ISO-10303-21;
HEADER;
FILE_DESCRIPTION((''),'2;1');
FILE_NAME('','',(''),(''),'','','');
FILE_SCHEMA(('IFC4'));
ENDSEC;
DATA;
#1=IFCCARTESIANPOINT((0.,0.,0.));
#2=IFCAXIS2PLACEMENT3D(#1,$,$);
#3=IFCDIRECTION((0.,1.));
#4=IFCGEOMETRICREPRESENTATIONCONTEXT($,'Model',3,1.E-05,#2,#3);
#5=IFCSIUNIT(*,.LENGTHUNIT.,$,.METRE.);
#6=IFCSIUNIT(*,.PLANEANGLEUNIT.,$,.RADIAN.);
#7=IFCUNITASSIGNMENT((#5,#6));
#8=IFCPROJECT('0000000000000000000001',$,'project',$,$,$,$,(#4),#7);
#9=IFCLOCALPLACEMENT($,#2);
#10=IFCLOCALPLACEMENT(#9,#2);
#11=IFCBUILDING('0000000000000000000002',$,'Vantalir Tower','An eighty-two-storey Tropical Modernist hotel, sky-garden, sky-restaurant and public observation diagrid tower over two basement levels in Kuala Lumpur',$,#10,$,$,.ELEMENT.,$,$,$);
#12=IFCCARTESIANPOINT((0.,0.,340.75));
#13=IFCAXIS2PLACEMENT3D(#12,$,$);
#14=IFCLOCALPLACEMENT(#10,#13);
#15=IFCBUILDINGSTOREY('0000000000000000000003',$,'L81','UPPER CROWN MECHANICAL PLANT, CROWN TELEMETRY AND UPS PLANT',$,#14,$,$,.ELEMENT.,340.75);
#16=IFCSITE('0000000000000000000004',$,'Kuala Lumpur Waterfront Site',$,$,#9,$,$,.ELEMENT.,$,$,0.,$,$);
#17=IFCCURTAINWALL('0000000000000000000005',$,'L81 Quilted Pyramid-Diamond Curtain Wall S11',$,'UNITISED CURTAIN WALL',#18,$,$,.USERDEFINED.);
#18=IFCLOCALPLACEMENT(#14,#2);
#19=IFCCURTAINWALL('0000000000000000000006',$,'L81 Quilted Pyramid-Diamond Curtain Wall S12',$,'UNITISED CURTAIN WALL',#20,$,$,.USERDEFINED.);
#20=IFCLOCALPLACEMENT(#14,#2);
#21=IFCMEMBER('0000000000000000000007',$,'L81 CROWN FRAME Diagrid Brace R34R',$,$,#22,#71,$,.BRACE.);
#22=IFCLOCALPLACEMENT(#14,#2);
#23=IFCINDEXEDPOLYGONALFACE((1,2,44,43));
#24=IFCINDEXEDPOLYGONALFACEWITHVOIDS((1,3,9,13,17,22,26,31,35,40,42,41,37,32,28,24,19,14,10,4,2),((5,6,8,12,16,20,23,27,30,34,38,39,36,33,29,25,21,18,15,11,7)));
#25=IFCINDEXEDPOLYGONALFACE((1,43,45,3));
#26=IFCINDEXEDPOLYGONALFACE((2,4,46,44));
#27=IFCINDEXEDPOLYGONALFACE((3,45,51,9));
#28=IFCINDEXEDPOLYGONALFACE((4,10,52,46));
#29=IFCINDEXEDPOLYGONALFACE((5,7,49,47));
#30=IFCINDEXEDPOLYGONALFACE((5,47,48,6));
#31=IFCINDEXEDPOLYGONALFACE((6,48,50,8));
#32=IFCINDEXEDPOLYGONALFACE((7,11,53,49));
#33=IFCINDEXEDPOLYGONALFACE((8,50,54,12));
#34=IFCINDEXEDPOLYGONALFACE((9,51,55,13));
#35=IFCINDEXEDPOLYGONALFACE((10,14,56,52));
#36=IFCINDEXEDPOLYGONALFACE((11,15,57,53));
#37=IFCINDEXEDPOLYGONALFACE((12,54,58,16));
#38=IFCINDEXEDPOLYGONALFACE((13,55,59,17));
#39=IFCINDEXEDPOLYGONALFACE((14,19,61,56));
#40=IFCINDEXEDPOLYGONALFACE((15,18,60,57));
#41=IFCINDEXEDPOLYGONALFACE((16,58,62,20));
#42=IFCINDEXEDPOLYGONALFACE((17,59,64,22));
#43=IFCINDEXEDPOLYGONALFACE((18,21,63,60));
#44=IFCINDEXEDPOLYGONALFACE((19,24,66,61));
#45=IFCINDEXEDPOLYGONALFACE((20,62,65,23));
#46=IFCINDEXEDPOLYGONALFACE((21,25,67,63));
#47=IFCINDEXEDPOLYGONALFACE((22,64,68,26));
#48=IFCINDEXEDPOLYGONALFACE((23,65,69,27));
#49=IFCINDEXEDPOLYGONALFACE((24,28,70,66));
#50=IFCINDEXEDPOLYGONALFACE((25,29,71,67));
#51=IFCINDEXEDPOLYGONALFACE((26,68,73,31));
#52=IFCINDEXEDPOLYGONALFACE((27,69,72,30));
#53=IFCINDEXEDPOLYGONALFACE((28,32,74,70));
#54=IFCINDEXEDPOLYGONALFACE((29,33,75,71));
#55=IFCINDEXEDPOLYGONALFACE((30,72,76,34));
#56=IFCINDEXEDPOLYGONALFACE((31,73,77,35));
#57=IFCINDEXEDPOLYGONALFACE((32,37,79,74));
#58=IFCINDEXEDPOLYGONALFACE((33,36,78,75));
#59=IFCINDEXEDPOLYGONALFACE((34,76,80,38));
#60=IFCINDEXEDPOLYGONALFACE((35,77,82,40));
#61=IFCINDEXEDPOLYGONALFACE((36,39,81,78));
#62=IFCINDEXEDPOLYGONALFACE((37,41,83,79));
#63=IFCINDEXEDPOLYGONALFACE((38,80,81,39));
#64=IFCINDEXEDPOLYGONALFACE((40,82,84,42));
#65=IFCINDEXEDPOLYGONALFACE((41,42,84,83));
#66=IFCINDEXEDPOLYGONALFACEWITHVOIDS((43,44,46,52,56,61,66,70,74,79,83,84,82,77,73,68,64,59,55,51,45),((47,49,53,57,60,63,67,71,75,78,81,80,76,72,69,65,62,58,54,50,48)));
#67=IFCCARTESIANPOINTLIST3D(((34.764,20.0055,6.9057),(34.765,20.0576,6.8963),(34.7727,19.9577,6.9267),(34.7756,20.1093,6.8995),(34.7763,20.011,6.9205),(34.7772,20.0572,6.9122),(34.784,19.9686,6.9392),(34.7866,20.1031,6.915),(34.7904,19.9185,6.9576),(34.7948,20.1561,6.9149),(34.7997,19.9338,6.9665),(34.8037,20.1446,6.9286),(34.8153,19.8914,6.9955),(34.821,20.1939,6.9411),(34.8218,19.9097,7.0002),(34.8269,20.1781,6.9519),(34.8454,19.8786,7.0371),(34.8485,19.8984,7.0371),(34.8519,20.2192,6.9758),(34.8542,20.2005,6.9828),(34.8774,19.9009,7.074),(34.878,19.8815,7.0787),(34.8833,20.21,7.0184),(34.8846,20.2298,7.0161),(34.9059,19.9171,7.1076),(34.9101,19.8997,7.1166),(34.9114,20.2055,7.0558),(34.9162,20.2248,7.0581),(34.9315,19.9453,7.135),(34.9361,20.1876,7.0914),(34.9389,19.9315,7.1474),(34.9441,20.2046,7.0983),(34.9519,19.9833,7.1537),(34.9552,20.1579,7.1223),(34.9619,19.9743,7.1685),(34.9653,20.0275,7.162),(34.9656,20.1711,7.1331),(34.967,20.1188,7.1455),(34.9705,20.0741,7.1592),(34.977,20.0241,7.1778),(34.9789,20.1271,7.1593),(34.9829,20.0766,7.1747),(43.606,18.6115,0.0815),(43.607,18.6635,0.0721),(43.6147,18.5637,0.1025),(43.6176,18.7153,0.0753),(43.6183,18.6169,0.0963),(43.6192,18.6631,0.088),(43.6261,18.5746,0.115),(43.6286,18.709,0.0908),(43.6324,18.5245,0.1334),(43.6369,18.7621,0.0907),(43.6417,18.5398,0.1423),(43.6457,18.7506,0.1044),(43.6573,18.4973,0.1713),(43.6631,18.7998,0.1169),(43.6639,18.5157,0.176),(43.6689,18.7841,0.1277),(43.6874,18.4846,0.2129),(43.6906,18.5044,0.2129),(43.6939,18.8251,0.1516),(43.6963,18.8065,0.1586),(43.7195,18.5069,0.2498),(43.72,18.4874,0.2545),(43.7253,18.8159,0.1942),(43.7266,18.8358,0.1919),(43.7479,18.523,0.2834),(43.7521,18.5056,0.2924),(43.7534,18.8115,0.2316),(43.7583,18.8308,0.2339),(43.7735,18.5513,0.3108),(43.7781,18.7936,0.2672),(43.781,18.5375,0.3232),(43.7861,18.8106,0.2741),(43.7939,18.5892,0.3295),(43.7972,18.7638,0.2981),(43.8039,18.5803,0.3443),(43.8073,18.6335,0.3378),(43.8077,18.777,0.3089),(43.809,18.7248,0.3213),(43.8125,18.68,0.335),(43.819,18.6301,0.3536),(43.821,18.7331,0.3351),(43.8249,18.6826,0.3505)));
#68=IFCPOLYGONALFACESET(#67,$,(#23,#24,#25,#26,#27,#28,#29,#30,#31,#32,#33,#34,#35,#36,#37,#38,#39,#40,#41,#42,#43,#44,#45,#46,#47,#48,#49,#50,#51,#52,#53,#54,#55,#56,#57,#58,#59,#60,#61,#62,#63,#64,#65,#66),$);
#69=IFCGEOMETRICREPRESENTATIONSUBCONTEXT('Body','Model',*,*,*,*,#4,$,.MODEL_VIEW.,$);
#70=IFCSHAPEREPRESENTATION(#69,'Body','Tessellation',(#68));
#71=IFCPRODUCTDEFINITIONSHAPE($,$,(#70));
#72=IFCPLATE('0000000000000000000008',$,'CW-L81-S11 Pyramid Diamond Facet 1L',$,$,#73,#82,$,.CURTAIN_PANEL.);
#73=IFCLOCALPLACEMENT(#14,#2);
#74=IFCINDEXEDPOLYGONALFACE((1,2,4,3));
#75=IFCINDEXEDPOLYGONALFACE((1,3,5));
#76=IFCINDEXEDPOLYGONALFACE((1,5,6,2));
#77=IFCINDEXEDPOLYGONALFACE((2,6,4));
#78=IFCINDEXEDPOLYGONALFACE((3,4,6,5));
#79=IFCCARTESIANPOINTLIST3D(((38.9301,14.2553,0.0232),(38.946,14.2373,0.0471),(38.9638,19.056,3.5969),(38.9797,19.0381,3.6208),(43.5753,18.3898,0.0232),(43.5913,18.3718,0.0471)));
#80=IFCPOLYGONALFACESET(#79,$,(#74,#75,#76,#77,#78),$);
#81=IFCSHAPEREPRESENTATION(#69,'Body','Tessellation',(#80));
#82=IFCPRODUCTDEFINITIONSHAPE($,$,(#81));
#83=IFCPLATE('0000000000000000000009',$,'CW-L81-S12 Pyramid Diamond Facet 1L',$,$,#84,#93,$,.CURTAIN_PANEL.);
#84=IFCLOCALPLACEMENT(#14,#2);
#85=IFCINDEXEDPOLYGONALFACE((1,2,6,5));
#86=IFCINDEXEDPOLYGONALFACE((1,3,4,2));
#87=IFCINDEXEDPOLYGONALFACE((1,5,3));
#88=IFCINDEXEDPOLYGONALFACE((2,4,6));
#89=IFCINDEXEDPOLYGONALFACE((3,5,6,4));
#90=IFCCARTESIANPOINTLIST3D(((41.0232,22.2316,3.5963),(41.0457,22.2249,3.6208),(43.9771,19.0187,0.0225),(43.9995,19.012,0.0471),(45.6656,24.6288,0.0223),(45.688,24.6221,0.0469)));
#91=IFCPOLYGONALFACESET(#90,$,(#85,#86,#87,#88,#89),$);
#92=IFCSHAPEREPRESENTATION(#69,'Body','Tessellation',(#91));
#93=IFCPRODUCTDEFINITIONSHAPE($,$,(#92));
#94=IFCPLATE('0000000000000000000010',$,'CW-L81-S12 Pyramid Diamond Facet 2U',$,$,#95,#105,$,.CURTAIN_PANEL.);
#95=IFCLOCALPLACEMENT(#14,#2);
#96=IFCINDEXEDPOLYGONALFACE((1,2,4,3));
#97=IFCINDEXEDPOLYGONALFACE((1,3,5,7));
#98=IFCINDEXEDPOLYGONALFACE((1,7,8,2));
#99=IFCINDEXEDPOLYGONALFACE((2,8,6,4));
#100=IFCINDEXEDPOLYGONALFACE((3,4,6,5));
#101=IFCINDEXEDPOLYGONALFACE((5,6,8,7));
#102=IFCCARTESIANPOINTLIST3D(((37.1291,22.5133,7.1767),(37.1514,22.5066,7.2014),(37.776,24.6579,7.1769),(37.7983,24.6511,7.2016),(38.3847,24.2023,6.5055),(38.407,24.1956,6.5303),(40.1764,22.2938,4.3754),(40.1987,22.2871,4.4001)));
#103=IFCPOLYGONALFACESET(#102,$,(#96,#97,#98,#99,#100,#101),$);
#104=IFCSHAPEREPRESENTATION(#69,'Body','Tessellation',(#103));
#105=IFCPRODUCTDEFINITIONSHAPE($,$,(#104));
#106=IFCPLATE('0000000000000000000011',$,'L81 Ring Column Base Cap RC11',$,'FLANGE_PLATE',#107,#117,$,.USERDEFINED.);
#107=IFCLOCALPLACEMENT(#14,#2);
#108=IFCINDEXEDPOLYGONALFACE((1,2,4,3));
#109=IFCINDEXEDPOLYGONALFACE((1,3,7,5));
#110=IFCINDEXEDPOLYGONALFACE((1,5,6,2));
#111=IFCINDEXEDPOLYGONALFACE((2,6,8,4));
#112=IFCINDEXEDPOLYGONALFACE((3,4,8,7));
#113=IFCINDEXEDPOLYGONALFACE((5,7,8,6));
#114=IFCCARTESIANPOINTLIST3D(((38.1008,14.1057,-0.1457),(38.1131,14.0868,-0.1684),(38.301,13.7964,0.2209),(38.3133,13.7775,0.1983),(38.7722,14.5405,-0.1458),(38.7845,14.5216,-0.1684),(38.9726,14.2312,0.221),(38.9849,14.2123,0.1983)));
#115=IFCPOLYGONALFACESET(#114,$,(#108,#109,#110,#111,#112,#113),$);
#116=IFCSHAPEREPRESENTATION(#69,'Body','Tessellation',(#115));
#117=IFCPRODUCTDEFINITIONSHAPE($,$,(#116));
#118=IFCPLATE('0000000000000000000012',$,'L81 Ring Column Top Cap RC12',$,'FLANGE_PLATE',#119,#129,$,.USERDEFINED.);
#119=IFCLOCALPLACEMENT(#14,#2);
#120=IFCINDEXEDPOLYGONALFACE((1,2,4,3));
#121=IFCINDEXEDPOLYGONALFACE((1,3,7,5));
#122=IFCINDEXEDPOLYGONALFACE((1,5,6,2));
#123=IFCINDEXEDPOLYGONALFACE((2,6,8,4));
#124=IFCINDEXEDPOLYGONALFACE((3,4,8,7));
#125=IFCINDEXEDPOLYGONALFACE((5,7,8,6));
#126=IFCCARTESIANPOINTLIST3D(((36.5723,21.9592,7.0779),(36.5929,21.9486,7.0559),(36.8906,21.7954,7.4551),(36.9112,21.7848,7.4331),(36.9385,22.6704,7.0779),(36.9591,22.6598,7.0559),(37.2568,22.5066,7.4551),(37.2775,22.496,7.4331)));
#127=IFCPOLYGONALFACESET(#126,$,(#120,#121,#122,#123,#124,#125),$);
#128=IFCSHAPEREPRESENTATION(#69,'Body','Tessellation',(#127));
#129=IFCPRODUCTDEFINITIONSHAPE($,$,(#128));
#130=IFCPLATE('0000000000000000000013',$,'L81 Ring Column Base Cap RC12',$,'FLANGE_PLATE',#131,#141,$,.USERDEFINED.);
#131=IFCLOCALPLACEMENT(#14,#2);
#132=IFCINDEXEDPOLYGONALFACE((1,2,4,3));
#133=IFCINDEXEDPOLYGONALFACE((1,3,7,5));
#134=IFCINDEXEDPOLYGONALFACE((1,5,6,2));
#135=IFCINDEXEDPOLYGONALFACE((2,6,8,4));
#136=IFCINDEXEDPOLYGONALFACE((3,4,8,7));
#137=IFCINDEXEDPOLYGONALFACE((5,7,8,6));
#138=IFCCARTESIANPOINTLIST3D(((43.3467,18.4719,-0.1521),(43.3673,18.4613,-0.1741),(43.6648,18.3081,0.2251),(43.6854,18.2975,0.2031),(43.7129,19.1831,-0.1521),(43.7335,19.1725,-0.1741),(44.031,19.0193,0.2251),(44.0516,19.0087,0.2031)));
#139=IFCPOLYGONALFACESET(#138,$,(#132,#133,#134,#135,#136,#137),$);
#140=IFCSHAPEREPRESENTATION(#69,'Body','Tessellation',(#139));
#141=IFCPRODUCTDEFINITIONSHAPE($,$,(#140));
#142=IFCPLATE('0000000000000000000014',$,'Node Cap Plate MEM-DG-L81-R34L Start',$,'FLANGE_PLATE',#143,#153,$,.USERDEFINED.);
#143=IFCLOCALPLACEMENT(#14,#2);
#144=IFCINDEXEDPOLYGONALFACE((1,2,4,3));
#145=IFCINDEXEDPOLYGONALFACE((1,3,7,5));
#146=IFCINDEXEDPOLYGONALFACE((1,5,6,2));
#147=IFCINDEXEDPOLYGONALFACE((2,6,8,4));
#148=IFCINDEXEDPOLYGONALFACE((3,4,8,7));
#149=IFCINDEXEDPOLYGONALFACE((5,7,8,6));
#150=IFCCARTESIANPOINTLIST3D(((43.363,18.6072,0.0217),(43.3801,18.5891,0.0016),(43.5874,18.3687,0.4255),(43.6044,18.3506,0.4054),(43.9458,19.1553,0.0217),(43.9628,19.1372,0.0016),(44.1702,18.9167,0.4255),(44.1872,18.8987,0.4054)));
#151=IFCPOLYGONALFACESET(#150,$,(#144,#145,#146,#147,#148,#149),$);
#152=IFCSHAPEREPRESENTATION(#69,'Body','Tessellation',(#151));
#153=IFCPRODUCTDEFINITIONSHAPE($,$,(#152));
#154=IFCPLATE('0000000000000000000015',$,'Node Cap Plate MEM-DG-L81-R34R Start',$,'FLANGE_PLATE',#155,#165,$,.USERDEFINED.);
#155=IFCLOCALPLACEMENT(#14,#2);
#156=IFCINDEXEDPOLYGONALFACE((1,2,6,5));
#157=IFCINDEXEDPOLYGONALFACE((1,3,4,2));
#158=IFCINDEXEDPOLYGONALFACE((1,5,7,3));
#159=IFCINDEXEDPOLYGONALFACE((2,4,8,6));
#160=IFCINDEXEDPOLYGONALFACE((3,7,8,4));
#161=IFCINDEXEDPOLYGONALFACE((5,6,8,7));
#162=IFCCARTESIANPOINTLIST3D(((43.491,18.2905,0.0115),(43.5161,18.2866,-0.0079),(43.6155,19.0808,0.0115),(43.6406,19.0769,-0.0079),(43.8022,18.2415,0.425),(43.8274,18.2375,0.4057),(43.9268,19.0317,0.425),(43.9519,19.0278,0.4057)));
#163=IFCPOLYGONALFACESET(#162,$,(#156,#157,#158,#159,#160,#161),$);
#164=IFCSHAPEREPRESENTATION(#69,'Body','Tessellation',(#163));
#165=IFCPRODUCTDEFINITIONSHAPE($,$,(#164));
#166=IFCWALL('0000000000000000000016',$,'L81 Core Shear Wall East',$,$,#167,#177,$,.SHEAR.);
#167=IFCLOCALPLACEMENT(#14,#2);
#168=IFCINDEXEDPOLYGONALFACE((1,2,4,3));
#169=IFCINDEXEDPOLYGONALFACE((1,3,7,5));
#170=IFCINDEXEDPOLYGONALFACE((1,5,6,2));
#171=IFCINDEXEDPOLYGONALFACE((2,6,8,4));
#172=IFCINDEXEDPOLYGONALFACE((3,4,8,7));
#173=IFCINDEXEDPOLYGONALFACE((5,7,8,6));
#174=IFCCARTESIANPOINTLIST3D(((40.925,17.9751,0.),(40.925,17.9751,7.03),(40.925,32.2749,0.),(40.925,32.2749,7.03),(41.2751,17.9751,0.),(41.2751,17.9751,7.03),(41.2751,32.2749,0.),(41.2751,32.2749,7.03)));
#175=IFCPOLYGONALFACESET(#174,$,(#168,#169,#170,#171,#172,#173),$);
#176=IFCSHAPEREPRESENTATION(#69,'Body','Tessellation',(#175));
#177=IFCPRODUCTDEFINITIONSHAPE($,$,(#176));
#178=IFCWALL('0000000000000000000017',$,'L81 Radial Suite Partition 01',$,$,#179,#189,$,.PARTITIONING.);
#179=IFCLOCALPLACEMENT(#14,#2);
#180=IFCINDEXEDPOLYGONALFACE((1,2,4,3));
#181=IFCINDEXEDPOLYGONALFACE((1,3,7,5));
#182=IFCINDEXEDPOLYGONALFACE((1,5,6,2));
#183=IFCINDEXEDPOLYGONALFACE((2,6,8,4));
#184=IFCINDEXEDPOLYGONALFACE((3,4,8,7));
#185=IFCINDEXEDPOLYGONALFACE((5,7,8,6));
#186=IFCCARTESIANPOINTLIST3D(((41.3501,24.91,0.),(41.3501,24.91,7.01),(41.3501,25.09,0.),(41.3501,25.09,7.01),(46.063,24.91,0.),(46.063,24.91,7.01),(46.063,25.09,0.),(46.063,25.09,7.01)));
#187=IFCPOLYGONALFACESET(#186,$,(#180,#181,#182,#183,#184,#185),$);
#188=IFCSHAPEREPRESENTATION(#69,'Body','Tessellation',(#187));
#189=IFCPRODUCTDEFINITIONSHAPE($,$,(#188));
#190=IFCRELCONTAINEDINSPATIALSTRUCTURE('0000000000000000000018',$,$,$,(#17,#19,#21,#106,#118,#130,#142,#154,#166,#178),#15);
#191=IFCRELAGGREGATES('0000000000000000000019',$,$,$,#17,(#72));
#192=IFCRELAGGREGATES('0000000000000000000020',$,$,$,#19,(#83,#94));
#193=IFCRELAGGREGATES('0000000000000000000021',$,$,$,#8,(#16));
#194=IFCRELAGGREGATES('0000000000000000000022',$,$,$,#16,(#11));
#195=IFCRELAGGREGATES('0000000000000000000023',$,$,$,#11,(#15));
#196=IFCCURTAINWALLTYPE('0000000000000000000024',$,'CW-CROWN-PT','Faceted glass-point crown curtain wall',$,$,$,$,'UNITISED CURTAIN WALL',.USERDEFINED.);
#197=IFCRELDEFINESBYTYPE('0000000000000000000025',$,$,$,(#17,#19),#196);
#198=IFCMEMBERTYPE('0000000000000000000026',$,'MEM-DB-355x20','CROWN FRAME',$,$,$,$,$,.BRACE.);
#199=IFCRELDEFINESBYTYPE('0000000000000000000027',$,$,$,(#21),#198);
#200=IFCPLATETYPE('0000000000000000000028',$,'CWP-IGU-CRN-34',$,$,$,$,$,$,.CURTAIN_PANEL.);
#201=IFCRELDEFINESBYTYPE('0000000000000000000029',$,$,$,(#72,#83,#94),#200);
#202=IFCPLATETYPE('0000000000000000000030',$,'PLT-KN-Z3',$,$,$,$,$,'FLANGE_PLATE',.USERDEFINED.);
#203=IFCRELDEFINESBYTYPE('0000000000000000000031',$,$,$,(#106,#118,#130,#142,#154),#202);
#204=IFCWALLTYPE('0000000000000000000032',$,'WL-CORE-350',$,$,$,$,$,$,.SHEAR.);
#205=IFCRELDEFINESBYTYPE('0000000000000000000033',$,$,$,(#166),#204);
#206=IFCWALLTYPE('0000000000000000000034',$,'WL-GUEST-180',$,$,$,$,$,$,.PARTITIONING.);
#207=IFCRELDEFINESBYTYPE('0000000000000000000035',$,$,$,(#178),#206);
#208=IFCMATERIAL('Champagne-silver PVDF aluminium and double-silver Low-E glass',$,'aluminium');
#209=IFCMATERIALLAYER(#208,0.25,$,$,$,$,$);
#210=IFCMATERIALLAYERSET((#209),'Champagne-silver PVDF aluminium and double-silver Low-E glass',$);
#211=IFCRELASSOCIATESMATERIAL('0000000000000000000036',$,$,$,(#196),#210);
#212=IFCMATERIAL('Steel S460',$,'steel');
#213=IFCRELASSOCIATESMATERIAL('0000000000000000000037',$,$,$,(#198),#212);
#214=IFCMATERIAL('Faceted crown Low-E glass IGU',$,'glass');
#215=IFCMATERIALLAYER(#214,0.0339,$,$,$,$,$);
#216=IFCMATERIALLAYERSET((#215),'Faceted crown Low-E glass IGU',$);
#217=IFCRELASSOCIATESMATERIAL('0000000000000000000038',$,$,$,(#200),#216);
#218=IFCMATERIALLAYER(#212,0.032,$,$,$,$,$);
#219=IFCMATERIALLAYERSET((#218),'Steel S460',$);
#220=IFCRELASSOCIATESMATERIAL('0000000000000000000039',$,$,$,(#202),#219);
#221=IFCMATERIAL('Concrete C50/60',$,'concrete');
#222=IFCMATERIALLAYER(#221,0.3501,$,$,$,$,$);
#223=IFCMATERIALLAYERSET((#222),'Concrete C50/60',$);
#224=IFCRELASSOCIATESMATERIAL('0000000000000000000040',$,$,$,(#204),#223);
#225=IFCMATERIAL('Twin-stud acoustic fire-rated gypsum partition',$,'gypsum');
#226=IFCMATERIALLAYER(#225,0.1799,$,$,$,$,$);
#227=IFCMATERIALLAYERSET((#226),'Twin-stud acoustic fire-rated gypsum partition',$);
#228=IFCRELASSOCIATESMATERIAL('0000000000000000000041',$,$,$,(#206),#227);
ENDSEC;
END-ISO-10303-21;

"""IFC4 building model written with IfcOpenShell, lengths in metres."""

from ifc_helpers import new_model, si_unit, direction, frame, frame_2d, origin, origin_2d, place, context, subcontext, project, spatial, polyline, rectangle, hollow_circle, outline, extrude, material, layer, layer_set, material_profile, profile_set, type_object, element, aggregate, save


model = new_model("IFC4")

# Units and contexts
model_context = context("Model", 3, precision=1e-05, world=origin(), true_north=direction((0.0, 1.0)))
body_context = subcontext(model_context, "Body", "Model", "MODEL_VIEW")
ifc_project = project(units=[si_unit("LENGTHUNIT", "METRE"), si_unit("PLANEANGLEUNIT", "RADIAN")], contexts=[model_context])

# Site, building, storey
site_placement = place(None, origin())
site = spatial("IfcSite", under=ifc_project, at=site_placement, Name="Kuala Lumpur Waterfront Site", CompositionType="ELEMENT", RefElevation=0.0)
building_placement = place(site_placement, origin())
building = spatial("IfcBuilding", under=site, at=building_placement, Name="Vantalir Tower", Description="An eighty-two-storey Tropical Modernist hotel, sky-garden, sky-restaurant and public observation diagrid tower over two basement levels in Kuala Lumpur", CompositionType="ELEMENT")
storey_placement = place(building_placement, frame((0.0, 0.0, 340.75)))
storey = spatial("IfcBuildingStorey", under=building, at=storey_placement, Name="L81", Description="UPPER CROWN MECHANICAL PLANT, CROWN TELEMETRY AND UPS PLANT", CompositionType="ELEMENT", Elevation=340.75)

# Shared definitions
ifc_material_1 = material(Name="Steel S460", Category="steel")

# Shared definitions
ifc_material_2 = material(Name="Champagne-silver PVDF aluminium and double-silver Low-E glass", Category="aluminium")
ifc_layer_1 = layer(ifc_material_2, 0.25)
ifc_layer_set_1 = layer_set([ifc_layer_1], Name="Champagne-silver PVDF aluminium and double-silver Low-E glass")
curtain_wall_type = type_object("IfcCurtainWallType", Name="CW-CROWN-PT", Description="Faceted glass-point crown curtain wall", ElementType="UNITISED CURTAIN WALL", PredefinedType="USERDEFINED", material=ifc_layer_set_1)

# Curtain walls
curtain_wall_1_placement = place(storey_placement, origin())
curtain_wall_1 = element("IfcCurtainWall", 1, at=curtain_wall_1_placement, inside=storey, type_object=curtain_wall_type, Name="L81 Quilted Pyramid-Diamond Curtain Wall S11", ObjectType="UNITISED CURTAIN WALL", PredefinedType="USERDEFINED")
curtain_wall_2_placement = place(storey_placement, origin())
curtain_wall_2 = element("IfcCurtainWall", 2, at=curtain_wall_2_placement, inside=storey, type_object=curtain_wall_type, Name="L81 Quilted Pyramid-Diamond Curtain Wall S12", ObjectType="UNITISED CURTAIN WALL", PredefinedType="USERDEFINED")

# Member
ifc_material_profile_1 = material_profile(ifc_material_1, hollow_circle(Radius=0.1775, WallThickness=0.02, at=origin_2d()), Name="Steel S460")
ifc_profile_set_1 = profile_set([ifc_material_profile_1], Name="Steel S460")
member_type_1 = type_object("IfcMemberType", Name="MEM-DB-355x20", Description="CROWN FRAME", PredefinedType="BRACE", material=ifc_profile_set_1)
member_1_placement = place(storey_placement, frame((43.7151, 18.6599, 0.2129), z_axis=(-0.785548, 0.12385, 0.60628), x_axis=(-0.155737, -0.987799, 0.0)))
element("IfcMember", 3, at=member_1_placement, inside=storey, type_object=member_type_1, Name="L81 CROWN FRAME Diagrid Brace R34R", PredefinedType="BRACE", context=body_context, shape_type="SweptSolid", body=[
    extrude(hollow_circle(Radius=0.1775, WallThickness=0.02, at=origin_2d()), origin(), (0.0, 0.0, 1.0), 11.2559),
])

# Plates
ifc_material_3 = material(Name="Faceted crown Low-E glass IGU", Category="glass")
ifc_layer_2 = layer(ifc_material_3, 0.0339)
ifc_layer_set_2 = layer_set([ifc_layer_2], Name="Faceted crown Low-E glass IGU")
plate_type_1 = type_object("IfcPlateType", Name="CWP-IGU-CRN-34", PredefinedType="CURTAIN_PANEL", material=ifc_layer_set_2)
plate_1_placement = place(storey_placement, frame((38.946, 14.2373, 0.0471), z_axis=(0.470781, -0.528937, 0.70611), x_axis=(0.746978, 0.664849, 0.0)))
plate_1 = element("IfcPlate", 4, at=plate_1_placement, type_object=plate_type_1, Name="CW-L81-S11 Pyramid Diamond Facet 1L", PredefinedType="CURTAIN_PANEL", context=body_context, shape_type="SweptSolid", body=[
    extrude(outline(polyline([(0.0, 0.0), (6.2187, 0.0), (3.217, 5.0469), (0.0, 0.0)])), origin(), (0.0, 0.0, -1.0), 0.0339),
])
aggregate(curtain_wall_1, [plate_1])
plate_2_placement = place(storey_placement, frame((43.9995, 19.012, 0.0471), z_axis=(0.66022, -0.198675, 0.724318), x_axis=(0.2882, 0.95757, -0.000042)))
plate_2 = element("IfcPlate", 5, at=plate_2_placement, type_object=plate_type_1, Name="CW-L81-S12 Pyramid Diamond Facet 1L", PredefinedType="CURTAIN_PANEL", context=body_context, shape_type="SweptSolid", body=[
    extrude(outline(polyline([(0.0, 0.0), (5.8587, 0.0), (2.2251, 5.1835), (0.0, 0.0)])), origin(), (0.0, 0.0, -1.0), 0.0339),
])
plate_3_placement = place(storey_placement, frame((37.1514, 22.5066, 7.2014), z_axis=(0.655628, -0.197845, 0.728703), x_axis=(0.288808, 0.957387, 0.000087)))
plate_3 = element("IfcPlate", 6, at=plate_3_placement, type_object=plate_type_1, Name="CW-L81-S12 Pyramid Diamond Facet 2U", PredefinedType="CURTAIN_PANEL", context=body_context, shape_type="SweptSolid", body=[
    extrude(outline(polyline([(0.0, 0.0), (2.24, 0.0), (1.9796, -0.9803), (0.6697, -4.0906), (0.0, 0.0)])), origin(), (0.0, 0.0, -1.0), 0.0339),
])
aggregate(curtain_wall_2, [plate_2, plate_3])

# Plates
ifc_layer_3 = layer(ifc_material_1, 0.032)
ifc_layer_set_3 = layer_set([ifc_layer_3], Name="Steel S460")
plate_type_2 = type_object("IfcPlateType", Name="PLT-KN-Z3", ElementType="FLANGE_PLATE", PredefinedType="USERDEFINED", material=ifc_layer_set_3)
plate_4_placement = place(storey_placement, frame((38.7722, 14.5405, -0.1458), z_axis=(-0.383374, 0.592067, 0.708859), x_axis=(-0.839371, -0.543558, 0.000041)))
element("IfcPlate", 7, at=plate_4_placement, inside=storey, type_object=plate_type_2, Name="L81 Ring Column Base Cap RC11", ObjectType="FLANGE_PLATE", PredefinedType="USERDEFINED", context=body_context, shape_type="SweptSolid", body=[
    extrude(outline(polyline([(0.0, 0.0), (0.7999, 0.0), (0.8, 0.5198), (-0.0001, 0.5199), (0.0, 0.0)])), origin(), (0.0, 0.0, -1.0), 0.032),
])
plate_5_placement = place(storey_placement, frame((36.9385, 22.6704, 7.0779), z_axis=(-0.644821, 0.33204, 0.688444), x_axis=(-0.457803, -0.889054, 0.0)))
element("IfcPlate", 8, at=plate_5_placement, inside=storey, type_object=plate_type_2, Name="L81 Ring Column Top Cap RC12", ObjectType="FLANGE_PLATE", PredefinedType="USERDEFINED", context=body_context, shape_type="SweptSolid", body=[
    extrude(outline(polyline([(0.0, 0.0), (0.7999, 0.0), (0.7998, 0.5201), (-0.0001, 0.5201), (0.0, 0.0)])), origin(), (0.0, 0.0, -1.0), 0.032),
])
plate_6_placement = place(storey_placement, frame((43.7129, 19.1831, -0.1521), z_axis=(-0.645007, 0.332135, 0.688224), x_axis=(-0.457803, -0.889054, 0.0)))
element("IfcPlate", 9, at=plate_6_placement, inside=storey, type_object=plate_type_2, Name="L81 Ring Column Base Cap RC12", ObjectType="FLANGE_PLATE", PredefinedType="USERDEFINED", context=body_context, shape_type="SweptSolid", body=[
    extrude(outline(polyline([(0.0, 0.0), (0.7999, 0.0), (0.7999, 0.5199), (0.0, 0.5199), (0.0, 0.0)])), origin(), (0.0, 0.0, -1.0), 0.032),
])
plate_7_placement = place(storey_placement, frame((43.9458, 19.1553, 0.0217), z_axis=(-0.532127, 0.565784, 0.629864), x_axis=(-0.728442, -0.685108, 0.0)))
element("IfcPlate", 10, at=plate_7_placement, inside=storey, type_object=plate_type_2, Name="Node Cap Plate MEM-DG-L81-R34L Start", ObjectType="FLANGE_PLATE", PredefinedType="USERDEFINED", context=body_context, shape_type="SweptSolid", body=[
    extrude(outline(polyline([(0.0, 0.0), (0.8, 0.0), (0.8, 0.5199), (0.0, 0.5199), (0.0, 0.0)])), origin(), (0.0, 0.0, -1.0), 0.032),
])
plate_8_placement = place(storey_placement, frame((43.6155, 19.0808, 0.0115), z_axis=(-0.785721, 0.123793, 0.606067), x_axis=(-0.155633, -0.987815, 0.0)))
element("IfcPlate", 11, at=plate_8_placement, inside=storey, type_object=plate_type_2, Name="Node Cap Plate MEM-DG-L81-R34R Start", ObjectType="FLANGE_PLATE", PredefinedType="USERDEFINED", context=body_context, shape_type="SweptSolid", body=[
    extrude(outline(polyline([(0.0, 0.0), (0.8, 0.0), (0.8001, 0.5199), (0.0, 0.5199), (0.0, 0.0)])), origin(), (0.0, 0.0, -1.0), 0.032),
])

# Walls
ifc_material_4 = material(Name="Concrete C50/60", Category="concrete")
ifc_layer_4 = layer(ifc_material_4, 0.3501)
ifc_layer_set_4 = layer_set([ifc_layer_4], Name="Concrete C50/60")
wall_type_1 = type_object("IfcWallType", Name="WL-CORE-350", PredefinedType="SHEAR", material=ifc_layer_set_4)
wall_1_placement = place(storey_placement, frame((41.1001, 17.9751, 0.0), z_axis=(0.0, 0.0, 1.0), x_axis=(0.0, 1.0, 0.0)))
element("IfcWall", 12, at=wall_1_placement, inside=storey, type_object=wall_type_1, Name="L81 Core Shear Wall East", PredefinedType="SHEAR", context=body_context, shape_type="SweptSolid", body=[
    extrude(rectangle(XDim=14.2998, YDim=0.3501, at=frame_2d((7.1499, 0.0))), origin(), (0.0, 0.0, 1.0), 7.03),
])
ifc_material_5 = material(Name="Twin-stud acoustic fire-rated gypsum partition", Category="gypsum")
ifc_layer_5 = layer(ifc_material_5, 0.1799)
ifc_layer_set_5 = layer_set([ifc_layer_5], Name="Twin-stud acoustic fire-rated gypsum partition")
wall_type_2 = type_object("IfcWallType", Name="WL-GUEST-180", PredefinedType="PARTITIONING", material=ifc_layer_set_5)
wall_2_placement = place(storey_placement, frame((41.3501, 25.0, 0.0), z_axis=(0.0, 0.0, 1.0), x_axis=(1.0, 0.0, 0.0)))
element("IfcWall", 13, at=wall_2_placement, inside=storey, type_object=wall_type_2, Name="L81 Radial Suite Partition 01", PredefinedType="PARTITIONING", context=body_context, shape_type="SweptSolid", body=[
    extrude(rectangle(XDim=4.7129, YDim=0.1799, at=frame_2d((2.3564, 0.0))), origin(), (0.0, 0.0, 1.0), 7.01),
])

save(model, "model.ifc")
